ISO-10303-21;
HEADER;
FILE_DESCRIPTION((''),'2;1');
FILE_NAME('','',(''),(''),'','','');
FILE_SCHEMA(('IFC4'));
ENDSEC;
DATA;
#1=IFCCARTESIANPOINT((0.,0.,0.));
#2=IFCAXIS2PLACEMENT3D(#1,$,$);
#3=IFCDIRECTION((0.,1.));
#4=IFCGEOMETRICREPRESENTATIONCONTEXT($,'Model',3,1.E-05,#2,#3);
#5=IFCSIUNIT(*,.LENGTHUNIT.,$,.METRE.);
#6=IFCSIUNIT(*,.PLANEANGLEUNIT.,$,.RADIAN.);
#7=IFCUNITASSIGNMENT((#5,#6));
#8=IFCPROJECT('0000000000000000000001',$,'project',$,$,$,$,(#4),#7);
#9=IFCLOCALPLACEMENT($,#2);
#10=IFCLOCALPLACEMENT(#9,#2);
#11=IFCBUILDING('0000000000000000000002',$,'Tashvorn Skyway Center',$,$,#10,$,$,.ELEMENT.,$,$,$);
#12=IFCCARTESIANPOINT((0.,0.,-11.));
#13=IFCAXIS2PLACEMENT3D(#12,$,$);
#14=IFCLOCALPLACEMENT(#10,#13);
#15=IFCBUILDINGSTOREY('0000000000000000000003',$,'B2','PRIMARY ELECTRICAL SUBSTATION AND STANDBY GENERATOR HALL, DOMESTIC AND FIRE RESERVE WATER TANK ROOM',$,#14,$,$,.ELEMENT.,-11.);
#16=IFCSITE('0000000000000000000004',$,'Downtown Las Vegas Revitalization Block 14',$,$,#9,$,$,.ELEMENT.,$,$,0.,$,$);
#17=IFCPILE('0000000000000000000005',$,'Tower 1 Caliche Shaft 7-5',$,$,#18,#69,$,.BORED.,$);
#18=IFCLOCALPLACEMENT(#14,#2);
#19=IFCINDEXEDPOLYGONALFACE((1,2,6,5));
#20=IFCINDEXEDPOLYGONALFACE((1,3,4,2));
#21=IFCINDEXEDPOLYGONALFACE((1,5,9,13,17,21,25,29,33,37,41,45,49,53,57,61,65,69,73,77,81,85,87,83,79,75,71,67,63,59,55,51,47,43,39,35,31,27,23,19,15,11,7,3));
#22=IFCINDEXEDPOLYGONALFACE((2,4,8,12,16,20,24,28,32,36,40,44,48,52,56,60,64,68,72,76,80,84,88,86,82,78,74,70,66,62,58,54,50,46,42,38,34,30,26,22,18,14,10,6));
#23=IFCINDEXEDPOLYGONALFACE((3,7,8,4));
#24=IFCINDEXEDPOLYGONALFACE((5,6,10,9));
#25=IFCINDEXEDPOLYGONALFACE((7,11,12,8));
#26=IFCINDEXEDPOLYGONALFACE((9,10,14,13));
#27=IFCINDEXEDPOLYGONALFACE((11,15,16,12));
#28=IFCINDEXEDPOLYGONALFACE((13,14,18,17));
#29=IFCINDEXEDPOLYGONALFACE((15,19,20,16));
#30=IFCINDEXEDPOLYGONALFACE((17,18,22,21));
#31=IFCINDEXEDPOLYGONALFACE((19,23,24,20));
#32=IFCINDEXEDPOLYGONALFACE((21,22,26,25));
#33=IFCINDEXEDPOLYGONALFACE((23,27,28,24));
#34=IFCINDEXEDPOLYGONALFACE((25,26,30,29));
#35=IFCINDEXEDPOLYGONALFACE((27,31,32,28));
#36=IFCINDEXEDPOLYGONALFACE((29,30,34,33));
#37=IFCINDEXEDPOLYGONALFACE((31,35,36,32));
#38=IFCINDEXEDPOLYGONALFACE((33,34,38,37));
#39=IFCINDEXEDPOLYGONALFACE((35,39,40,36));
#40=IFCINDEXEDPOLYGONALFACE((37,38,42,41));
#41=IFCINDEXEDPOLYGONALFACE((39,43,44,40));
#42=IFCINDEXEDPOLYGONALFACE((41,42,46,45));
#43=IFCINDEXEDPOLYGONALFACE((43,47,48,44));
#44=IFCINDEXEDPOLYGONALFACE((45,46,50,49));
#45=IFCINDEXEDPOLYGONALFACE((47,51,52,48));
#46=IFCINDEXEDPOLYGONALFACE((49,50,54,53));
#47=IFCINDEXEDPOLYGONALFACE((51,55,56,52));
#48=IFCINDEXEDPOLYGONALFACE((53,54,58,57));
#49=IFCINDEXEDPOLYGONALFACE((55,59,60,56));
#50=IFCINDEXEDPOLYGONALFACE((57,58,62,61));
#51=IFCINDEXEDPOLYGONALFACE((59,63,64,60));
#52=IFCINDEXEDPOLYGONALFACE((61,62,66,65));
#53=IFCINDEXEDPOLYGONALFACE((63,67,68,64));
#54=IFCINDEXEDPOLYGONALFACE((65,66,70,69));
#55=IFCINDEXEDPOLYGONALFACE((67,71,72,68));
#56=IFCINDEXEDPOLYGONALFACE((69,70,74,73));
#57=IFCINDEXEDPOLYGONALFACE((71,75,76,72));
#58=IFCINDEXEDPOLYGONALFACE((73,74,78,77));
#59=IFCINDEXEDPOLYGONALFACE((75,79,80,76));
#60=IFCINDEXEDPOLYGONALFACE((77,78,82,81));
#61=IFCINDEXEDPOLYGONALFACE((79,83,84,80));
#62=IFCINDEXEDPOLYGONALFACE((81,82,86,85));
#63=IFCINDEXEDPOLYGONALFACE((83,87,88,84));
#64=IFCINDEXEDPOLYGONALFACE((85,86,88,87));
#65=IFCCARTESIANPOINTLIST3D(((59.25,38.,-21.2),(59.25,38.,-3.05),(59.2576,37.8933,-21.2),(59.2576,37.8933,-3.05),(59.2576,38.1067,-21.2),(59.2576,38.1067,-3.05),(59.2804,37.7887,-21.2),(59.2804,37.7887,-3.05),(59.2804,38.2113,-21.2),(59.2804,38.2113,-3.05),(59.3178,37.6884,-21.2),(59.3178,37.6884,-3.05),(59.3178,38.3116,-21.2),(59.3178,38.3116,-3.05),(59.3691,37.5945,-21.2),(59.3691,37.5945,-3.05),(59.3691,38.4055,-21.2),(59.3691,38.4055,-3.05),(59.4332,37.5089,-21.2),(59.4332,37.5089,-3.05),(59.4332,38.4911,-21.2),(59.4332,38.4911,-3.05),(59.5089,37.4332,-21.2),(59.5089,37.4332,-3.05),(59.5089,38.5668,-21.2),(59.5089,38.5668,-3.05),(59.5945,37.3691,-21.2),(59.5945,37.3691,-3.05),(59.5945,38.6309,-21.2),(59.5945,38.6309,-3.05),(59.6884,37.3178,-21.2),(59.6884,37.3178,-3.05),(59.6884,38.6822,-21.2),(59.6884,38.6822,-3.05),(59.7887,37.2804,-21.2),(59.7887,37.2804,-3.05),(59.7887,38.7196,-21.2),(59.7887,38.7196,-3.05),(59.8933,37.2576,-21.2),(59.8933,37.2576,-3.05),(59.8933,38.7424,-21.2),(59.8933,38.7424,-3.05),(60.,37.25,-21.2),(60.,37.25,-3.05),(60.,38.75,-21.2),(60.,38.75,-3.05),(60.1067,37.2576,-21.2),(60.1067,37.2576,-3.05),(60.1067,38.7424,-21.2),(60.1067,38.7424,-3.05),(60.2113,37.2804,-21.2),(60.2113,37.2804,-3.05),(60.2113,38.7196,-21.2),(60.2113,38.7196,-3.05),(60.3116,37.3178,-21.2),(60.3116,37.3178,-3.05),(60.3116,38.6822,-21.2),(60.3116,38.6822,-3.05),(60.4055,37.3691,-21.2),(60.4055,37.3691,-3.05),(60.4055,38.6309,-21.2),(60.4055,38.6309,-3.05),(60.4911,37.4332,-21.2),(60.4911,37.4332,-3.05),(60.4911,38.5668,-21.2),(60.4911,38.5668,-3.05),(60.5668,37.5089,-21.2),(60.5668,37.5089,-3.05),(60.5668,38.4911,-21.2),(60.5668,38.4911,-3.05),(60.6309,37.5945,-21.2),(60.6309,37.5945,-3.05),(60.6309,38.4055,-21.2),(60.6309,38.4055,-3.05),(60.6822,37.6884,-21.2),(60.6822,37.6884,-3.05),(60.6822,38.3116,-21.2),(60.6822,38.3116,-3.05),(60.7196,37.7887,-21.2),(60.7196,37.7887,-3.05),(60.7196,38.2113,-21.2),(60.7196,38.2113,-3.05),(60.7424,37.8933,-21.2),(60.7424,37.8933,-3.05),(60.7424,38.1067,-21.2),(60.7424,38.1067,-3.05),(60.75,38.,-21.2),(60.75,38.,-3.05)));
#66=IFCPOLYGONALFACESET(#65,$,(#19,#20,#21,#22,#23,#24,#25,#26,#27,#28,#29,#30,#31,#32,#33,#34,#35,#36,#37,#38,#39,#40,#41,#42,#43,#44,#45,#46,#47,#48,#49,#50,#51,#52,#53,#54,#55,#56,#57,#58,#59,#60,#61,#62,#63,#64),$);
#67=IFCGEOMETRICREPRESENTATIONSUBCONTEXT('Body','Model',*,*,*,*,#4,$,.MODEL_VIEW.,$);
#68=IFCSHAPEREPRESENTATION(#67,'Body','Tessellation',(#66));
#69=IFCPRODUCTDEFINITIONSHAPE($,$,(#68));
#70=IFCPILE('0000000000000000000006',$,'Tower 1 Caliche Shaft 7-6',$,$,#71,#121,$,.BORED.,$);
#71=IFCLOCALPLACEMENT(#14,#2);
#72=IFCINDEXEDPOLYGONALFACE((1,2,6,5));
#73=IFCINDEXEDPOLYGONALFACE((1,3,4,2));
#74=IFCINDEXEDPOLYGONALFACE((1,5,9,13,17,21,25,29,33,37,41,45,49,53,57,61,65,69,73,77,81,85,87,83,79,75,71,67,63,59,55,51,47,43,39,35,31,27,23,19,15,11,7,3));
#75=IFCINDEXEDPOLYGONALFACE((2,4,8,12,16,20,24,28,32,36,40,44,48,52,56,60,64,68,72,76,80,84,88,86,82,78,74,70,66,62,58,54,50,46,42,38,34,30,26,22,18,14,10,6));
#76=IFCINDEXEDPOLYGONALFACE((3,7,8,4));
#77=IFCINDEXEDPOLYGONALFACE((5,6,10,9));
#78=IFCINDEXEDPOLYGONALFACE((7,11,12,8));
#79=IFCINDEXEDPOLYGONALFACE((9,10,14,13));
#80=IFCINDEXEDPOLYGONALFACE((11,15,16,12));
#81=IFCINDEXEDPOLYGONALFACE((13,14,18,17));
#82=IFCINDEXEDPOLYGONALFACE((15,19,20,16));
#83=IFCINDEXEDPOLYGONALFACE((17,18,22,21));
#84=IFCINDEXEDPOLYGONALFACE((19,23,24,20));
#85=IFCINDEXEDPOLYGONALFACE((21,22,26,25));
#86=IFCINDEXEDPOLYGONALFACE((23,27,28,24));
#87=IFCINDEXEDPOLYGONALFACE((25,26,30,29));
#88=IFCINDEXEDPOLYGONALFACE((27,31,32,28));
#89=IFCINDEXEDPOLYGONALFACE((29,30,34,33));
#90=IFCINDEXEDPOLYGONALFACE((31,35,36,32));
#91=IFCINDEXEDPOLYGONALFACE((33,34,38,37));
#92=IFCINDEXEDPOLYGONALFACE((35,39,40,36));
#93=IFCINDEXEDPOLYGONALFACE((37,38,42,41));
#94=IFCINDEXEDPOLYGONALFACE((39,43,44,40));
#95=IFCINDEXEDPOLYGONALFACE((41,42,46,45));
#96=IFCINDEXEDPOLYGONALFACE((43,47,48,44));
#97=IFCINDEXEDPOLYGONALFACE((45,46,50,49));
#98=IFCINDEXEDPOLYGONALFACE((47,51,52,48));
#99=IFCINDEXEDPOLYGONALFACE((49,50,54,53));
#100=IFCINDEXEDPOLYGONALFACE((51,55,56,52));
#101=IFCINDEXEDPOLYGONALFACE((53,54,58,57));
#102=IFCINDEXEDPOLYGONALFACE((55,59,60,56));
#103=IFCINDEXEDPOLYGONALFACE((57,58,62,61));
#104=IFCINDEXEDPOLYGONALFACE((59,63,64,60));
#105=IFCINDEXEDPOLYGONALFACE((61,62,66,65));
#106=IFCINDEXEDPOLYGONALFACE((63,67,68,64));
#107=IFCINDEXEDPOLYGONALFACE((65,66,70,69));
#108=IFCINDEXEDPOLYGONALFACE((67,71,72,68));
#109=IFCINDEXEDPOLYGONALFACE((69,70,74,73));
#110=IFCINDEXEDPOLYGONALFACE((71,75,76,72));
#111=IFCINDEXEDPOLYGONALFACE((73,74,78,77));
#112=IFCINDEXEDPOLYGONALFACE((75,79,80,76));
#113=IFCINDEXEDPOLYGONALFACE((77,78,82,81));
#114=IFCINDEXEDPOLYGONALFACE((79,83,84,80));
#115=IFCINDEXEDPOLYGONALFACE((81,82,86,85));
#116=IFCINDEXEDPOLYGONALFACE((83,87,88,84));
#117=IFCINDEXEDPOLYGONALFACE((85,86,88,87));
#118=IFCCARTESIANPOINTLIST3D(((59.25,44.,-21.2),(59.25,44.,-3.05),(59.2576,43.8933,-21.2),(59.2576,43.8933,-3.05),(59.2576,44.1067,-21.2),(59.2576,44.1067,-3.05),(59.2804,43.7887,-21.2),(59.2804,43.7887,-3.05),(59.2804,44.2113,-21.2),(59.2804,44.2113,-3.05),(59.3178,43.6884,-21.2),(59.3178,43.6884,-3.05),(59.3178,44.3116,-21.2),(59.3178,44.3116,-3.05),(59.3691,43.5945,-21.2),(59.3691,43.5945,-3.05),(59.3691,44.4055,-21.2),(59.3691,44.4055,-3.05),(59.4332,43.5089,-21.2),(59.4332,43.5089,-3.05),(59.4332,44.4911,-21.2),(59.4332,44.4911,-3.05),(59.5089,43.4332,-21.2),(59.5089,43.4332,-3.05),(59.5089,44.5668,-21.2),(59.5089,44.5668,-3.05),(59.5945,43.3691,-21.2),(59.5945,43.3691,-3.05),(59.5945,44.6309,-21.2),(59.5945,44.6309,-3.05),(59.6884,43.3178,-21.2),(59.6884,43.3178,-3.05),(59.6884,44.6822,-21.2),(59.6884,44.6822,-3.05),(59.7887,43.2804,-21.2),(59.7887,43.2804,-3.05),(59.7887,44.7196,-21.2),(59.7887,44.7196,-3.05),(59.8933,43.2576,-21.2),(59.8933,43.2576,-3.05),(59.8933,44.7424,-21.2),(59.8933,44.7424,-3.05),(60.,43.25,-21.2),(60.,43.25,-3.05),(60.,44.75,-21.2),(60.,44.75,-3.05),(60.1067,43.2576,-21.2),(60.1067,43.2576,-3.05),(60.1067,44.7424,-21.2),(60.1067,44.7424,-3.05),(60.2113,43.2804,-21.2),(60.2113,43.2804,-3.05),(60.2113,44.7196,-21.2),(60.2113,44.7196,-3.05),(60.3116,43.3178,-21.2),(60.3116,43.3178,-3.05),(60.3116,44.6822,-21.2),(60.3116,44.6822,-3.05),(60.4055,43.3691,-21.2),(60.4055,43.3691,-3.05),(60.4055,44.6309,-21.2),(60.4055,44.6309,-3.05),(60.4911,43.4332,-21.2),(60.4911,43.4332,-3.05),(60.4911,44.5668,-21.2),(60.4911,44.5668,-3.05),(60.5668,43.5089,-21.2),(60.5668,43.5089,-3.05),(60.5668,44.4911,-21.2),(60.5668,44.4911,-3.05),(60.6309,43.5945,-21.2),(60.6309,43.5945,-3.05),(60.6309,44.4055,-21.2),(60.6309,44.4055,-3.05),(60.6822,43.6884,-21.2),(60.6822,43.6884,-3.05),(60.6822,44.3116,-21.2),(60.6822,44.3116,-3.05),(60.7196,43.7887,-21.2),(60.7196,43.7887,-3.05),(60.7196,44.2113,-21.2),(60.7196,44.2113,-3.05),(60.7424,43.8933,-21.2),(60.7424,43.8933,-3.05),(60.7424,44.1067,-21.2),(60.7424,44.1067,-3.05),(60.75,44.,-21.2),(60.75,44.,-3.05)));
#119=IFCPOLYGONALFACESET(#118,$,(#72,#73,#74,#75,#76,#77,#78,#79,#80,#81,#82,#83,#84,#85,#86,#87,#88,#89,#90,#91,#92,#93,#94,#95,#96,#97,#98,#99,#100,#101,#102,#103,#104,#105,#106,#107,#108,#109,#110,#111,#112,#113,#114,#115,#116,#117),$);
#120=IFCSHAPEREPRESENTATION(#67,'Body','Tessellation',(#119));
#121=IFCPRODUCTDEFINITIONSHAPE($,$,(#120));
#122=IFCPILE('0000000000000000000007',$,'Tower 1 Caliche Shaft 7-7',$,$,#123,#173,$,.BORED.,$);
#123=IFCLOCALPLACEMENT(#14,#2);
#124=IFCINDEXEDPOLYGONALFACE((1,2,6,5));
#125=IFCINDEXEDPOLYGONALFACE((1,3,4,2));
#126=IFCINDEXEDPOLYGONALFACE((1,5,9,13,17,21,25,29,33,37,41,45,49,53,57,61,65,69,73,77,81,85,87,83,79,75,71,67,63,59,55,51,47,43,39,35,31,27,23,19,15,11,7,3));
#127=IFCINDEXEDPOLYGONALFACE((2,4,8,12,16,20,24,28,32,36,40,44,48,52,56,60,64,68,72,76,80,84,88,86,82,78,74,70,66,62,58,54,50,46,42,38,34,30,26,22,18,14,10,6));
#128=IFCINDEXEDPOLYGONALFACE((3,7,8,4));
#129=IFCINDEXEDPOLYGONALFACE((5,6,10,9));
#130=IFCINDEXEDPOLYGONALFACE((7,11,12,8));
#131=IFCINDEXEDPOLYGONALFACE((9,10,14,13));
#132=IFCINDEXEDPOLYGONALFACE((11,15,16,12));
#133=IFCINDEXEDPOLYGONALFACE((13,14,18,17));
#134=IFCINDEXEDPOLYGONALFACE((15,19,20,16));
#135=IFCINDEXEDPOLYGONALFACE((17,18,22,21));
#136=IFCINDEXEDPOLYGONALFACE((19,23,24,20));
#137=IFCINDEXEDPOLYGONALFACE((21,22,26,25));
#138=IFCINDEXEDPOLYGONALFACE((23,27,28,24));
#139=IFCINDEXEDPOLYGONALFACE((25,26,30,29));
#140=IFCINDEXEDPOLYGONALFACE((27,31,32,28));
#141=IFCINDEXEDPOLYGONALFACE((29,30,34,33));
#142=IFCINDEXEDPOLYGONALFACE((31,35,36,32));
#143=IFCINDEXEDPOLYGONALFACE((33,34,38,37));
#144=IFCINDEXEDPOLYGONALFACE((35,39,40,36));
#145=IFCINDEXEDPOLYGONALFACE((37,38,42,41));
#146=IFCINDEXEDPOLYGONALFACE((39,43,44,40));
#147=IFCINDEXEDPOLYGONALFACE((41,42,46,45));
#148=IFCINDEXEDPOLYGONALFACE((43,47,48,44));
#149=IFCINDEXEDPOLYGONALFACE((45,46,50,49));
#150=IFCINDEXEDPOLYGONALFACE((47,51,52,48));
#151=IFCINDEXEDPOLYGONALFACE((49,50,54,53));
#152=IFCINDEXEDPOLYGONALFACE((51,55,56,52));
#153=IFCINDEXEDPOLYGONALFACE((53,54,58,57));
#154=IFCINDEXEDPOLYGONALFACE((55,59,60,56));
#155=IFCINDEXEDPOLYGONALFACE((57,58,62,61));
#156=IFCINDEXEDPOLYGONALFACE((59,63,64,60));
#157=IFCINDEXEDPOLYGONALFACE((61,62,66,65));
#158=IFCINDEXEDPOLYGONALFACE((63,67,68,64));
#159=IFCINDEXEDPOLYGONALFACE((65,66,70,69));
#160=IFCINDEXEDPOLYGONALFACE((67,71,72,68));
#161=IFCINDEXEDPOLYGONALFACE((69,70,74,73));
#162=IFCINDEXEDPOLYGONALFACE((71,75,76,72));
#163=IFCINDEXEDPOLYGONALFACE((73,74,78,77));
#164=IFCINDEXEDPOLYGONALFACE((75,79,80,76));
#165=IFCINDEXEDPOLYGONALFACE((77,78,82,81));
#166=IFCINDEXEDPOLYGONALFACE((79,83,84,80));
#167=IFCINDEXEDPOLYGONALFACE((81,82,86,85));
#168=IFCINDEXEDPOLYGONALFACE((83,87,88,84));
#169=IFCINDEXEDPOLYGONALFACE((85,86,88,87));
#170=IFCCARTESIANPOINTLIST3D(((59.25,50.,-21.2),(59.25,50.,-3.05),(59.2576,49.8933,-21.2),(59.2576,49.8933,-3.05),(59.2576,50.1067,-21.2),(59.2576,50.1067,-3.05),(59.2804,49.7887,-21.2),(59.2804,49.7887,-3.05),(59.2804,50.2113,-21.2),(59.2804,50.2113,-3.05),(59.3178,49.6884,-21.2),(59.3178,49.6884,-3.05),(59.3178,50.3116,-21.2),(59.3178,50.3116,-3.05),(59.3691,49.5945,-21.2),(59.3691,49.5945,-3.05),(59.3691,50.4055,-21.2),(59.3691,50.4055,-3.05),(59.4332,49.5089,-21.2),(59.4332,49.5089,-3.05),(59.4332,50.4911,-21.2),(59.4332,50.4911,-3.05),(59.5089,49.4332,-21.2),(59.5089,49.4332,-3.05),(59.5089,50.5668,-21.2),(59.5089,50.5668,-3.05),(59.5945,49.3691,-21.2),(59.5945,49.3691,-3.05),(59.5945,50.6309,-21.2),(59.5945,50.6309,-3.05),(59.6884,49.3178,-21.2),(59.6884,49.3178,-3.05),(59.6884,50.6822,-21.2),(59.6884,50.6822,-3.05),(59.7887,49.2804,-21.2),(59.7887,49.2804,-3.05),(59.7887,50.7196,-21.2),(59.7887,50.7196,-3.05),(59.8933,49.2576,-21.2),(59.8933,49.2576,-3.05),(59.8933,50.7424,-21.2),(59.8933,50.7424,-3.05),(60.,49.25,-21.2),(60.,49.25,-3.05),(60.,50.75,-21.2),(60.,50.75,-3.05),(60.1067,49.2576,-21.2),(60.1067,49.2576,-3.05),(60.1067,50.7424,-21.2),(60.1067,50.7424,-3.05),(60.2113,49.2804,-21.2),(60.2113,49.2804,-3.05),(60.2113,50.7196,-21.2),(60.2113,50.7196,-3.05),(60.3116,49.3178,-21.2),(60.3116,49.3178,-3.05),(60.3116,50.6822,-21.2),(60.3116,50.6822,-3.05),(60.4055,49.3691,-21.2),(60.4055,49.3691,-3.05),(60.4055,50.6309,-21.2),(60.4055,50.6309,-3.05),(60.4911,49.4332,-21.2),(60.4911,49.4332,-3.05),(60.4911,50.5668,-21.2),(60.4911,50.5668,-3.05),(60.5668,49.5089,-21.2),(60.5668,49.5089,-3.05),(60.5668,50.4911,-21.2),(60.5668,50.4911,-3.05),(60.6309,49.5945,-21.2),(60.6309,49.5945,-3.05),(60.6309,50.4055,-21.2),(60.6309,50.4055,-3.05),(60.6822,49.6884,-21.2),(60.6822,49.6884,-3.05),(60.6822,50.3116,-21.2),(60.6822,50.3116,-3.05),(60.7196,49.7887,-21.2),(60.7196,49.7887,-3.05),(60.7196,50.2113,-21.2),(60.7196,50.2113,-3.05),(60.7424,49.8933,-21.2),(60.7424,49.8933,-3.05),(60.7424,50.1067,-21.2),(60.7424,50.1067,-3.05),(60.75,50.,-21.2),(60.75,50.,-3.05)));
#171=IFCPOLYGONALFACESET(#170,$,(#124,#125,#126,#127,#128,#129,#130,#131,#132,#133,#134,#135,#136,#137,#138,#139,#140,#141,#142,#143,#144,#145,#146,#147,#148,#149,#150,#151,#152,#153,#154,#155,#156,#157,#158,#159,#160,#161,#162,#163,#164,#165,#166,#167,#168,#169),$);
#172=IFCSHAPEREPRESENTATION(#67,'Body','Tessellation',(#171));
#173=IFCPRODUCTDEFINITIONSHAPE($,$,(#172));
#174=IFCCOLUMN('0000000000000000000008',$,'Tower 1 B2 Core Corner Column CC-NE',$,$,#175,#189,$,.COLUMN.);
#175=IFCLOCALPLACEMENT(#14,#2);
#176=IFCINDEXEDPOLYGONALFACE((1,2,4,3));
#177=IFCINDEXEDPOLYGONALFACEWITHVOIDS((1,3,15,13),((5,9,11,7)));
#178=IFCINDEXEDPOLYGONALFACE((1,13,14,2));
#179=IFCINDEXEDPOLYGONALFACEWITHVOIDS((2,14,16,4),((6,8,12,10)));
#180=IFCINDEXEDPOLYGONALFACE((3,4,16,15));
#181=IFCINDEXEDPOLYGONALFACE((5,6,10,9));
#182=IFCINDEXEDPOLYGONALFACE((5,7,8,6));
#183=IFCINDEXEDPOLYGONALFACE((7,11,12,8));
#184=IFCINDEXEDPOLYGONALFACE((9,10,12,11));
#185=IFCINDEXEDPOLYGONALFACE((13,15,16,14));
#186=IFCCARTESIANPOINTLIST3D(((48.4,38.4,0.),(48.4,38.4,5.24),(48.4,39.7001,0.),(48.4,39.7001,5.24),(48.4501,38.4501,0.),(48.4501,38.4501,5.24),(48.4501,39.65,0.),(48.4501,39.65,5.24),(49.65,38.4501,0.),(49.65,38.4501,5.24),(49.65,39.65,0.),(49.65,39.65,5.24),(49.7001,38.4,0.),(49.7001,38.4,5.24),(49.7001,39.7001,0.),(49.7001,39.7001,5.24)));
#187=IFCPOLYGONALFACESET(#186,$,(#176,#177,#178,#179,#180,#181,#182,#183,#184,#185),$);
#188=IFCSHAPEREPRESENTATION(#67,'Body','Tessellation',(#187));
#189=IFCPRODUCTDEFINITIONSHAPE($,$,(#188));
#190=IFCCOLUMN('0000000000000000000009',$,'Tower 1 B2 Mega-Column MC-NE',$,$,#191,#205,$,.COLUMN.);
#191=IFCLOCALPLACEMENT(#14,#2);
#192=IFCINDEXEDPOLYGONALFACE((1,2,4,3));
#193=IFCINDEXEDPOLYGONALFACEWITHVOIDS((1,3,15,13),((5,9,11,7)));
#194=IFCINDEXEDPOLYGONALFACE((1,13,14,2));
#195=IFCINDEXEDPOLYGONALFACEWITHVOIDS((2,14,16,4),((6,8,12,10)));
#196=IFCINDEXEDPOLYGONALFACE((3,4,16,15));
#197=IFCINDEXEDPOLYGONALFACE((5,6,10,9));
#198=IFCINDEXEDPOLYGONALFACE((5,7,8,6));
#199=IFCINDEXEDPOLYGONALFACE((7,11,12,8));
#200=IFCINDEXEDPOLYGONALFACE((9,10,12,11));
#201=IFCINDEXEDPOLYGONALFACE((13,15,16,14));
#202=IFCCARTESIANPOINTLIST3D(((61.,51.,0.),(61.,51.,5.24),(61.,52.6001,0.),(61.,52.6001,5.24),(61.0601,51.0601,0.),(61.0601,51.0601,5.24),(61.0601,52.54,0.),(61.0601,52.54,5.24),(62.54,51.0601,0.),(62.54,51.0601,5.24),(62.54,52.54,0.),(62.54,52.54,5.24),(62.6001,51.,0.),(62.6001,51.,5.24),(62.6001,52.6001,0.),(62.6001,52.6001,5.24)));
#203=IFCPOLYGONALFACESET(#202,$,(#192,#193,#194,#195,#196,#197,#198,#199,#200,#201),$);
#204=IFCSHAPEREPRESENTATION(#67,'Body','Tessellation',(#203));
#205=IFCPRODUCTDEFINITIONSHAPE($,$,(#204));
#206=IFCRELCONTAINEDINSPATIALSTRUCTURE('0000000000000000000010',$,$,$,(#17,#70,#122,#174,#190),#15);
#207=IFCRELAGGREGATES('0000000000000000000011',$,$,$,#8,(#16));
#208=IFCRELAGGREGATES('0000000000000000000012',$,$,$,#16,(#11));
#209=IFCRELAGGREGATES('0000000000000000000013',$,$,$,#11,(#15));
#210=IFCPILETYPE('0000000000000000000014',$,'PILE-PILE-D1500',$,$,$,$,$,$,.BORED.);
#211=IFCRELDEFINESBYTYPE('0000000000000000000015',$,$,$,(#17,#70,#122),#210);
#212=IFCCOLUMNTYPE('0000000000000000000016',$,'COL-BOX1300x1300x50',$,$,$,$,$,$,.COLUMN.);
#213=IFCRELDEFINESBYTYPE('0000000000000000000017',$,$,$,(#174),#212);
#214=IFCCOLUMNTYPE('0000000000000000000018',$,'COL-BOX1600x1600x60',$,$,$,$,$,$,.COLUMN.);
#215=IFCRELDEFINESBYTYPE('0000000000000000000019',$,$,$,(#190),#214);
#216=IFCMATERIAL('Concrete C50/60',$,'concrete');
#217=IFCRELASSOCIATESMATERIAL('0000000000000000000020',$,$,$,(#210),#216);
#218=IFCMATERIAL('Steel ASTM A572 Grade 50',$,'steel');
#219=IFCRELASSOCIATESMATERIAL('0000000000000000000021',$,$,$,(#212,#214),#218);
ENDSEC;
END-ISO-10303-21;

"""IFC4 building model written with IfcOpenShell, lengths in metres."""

from ifc_helpers import new_model, si_unit, direction, frame, origin, origin_2d, place, context, subcontext, project, spatial, hollow_rectangle, circle, extrude, material, material_profile, profile_set, type_object, element, save


model = new_model("IFC4")

# Units and contexts
model_context = context("Model", 3, precision=1e-05, world=origin(), true_north=direction((0.0, 1.0)))
body_context = subcontext(model_context, "Body", "Model", "MODEL_VIEW")
ifc_project = project(units=[si_unit("LENGTHUNIT", "METRE"), si_unit("PLANEANGLEUNIT", "RADIAN")], contexts=[model_context])

# Site, building, storey
site_placement = place(None, origin())
site = spatial("IfcSite", under=ifc_project, at=site_placement, Name="Downtown Las Vegas Revitalization Block 14", CompositionType="ELEMENT", RefElevation=0.0)
building_placement = place(site_placement, origin())
building = spatial("IfcBuilding", under=site, at=building_placement, Name="Tashvorn Skyway Center", CompositionType="ELEMENT")
storey_placement = place(building_placement, frame((0.0, 0.0, -11.0)))
storey = spatial("IfcBuildingStorey", under=building, at=storey_placement, Name="B2", Description="PRIMARY ELECTRICAL SUBSTATION AND STANDBY GENERATOR HALL, DOMESTIC AND FIRE RESERVE WATER TANK ROOM", CompositionType="ELEMENT", Elevation=-11.0)

# Piles
ifc_material_1 = material(Name="Concrete C50/60", Category="concrete")
ifc_material_profile_1 = material_profile(ifc_material_1, circle(Radius=0.75, at=origin_2d()), Name="PILE-D1500")
ifc_profile_set_1 = profile_set([ifc_material_profile_1], Name="Concrete C50/60")
pile_type = type_object("IfcPileType", Name="PILE-PILE-D1500", PredefinedType="BORED", material=ifc_profile_set_1)
for number, where, z_axis, x_axis, name in (
    (1, (60.0, 38.0, -3.05), (0.0, 0.0, -1.0), (1.0, 0.0, 0.0), "Tower 1 Caliche Shaft 7-5"),
    (2, (60.0, 44.0, -3.05), (0.0, 0.0, -1.0), (1.0, 0.0, 0.0), "Tower 1 Caliche Shaft 7-6"),
    (3, (60.0, 50.0, -3.05), (0.0, 0.0, -1.0), (1.0, 0.0, 0.0), "Tower 1 Caliche Shaft 7-7"),
):
    element("IfcPile", number, at=place(storey_placement, frame(where, z_axis=z_axis, x_axis=x_axis)), inside=storey, type_object=pile_type, Name=name, PredefinedType="BORED", context=body_context, shape_type="SweptSolid", body=[
        extrude(circle(Radius=0.75, at=origin_2d()), origin(), (0.0, 0.0, 1.0), 18.1499),
    ])

# Columns
ifc_material_2 = material(Name="Steel ASTM A572 Grade 50", Category="steel")
ifc_material_profile_2 = material_profile(ifc_material_2, hollow_rectangle(XDim=1.3, YDim=1.3, WallThickness=0.05, at=origin_2d()), Name="BOX1300x1300x50")
ifc_profile_set_2 = profile_set([ifc_material_profile_2], Name="Steel ASTM A572 Grade 50")
column_type_1 = type_object("IfcColumnType", Name="COL-BOX1300x1300x50", PredefinedType="COLUMN", material=ifc_profile_set_2)
column_1_placement = place(storey_placement, frame((49.05, 39.05, 0.0), z_axis=(0.0, 0.0, 1.0), x_axis=(1.0, 0.0, 0.0)))
element("IfcColumn", 4, at=column_1_placement, inside=storey, type_object=column_type_1, Name="Tower 1 B2 Core Corner Column CC-NE", PredefinedType="COLUMN", context=body_context, shape_type="SweptSolid", body=[
    extrude(hollow_rectangle(XDim=1.3, YDim=1.3, WallThickness=0.05, at=origin_2d()), origin(), (0.0, 0.0, 1.0), 5.24),
])
ifc_material_profile_3 = material_profile(ifc_material_2, hollow_rectangle(XDim=1.6001, YDim=1.6001, WallThickness=0.0601, at=origin_2d()), Name="BOX1600x1600x60")
ifc_profile_set_3 = profile_set([ifc_material_profile_3], Name="Steel ASTM A572 Grade 50")
column_type_2 = type_object("IfcColumnType", Name="COL-BOX1600x1600x60", PredefinedType="COLUMN", material=ifc_profile_set_3)
column_2_placement = place(storey_placement, frame((61.8, 51.8, 0.0), z_axis=(0.0, 0.0, 1.0), x_axis=(1.0, 0.0, 0.0)))
element("IfcColumn", 5, at=column_2_placement, inside=storey, type_object=column_type_2, Name="Tower 1 B2 Mega-Column MC-NE", PredefinedType="COLUMN", context=body_context, shape_type="SweptSolid", body=[
    extrude(hollow_rectangle(XDim=1.6001, YDim=1.6001, WallThickness=0.0601, at=origin_2d()), origin(), (0.0, 0.0, 1.0), 5.24),
])

save(model, "model.ifc")
